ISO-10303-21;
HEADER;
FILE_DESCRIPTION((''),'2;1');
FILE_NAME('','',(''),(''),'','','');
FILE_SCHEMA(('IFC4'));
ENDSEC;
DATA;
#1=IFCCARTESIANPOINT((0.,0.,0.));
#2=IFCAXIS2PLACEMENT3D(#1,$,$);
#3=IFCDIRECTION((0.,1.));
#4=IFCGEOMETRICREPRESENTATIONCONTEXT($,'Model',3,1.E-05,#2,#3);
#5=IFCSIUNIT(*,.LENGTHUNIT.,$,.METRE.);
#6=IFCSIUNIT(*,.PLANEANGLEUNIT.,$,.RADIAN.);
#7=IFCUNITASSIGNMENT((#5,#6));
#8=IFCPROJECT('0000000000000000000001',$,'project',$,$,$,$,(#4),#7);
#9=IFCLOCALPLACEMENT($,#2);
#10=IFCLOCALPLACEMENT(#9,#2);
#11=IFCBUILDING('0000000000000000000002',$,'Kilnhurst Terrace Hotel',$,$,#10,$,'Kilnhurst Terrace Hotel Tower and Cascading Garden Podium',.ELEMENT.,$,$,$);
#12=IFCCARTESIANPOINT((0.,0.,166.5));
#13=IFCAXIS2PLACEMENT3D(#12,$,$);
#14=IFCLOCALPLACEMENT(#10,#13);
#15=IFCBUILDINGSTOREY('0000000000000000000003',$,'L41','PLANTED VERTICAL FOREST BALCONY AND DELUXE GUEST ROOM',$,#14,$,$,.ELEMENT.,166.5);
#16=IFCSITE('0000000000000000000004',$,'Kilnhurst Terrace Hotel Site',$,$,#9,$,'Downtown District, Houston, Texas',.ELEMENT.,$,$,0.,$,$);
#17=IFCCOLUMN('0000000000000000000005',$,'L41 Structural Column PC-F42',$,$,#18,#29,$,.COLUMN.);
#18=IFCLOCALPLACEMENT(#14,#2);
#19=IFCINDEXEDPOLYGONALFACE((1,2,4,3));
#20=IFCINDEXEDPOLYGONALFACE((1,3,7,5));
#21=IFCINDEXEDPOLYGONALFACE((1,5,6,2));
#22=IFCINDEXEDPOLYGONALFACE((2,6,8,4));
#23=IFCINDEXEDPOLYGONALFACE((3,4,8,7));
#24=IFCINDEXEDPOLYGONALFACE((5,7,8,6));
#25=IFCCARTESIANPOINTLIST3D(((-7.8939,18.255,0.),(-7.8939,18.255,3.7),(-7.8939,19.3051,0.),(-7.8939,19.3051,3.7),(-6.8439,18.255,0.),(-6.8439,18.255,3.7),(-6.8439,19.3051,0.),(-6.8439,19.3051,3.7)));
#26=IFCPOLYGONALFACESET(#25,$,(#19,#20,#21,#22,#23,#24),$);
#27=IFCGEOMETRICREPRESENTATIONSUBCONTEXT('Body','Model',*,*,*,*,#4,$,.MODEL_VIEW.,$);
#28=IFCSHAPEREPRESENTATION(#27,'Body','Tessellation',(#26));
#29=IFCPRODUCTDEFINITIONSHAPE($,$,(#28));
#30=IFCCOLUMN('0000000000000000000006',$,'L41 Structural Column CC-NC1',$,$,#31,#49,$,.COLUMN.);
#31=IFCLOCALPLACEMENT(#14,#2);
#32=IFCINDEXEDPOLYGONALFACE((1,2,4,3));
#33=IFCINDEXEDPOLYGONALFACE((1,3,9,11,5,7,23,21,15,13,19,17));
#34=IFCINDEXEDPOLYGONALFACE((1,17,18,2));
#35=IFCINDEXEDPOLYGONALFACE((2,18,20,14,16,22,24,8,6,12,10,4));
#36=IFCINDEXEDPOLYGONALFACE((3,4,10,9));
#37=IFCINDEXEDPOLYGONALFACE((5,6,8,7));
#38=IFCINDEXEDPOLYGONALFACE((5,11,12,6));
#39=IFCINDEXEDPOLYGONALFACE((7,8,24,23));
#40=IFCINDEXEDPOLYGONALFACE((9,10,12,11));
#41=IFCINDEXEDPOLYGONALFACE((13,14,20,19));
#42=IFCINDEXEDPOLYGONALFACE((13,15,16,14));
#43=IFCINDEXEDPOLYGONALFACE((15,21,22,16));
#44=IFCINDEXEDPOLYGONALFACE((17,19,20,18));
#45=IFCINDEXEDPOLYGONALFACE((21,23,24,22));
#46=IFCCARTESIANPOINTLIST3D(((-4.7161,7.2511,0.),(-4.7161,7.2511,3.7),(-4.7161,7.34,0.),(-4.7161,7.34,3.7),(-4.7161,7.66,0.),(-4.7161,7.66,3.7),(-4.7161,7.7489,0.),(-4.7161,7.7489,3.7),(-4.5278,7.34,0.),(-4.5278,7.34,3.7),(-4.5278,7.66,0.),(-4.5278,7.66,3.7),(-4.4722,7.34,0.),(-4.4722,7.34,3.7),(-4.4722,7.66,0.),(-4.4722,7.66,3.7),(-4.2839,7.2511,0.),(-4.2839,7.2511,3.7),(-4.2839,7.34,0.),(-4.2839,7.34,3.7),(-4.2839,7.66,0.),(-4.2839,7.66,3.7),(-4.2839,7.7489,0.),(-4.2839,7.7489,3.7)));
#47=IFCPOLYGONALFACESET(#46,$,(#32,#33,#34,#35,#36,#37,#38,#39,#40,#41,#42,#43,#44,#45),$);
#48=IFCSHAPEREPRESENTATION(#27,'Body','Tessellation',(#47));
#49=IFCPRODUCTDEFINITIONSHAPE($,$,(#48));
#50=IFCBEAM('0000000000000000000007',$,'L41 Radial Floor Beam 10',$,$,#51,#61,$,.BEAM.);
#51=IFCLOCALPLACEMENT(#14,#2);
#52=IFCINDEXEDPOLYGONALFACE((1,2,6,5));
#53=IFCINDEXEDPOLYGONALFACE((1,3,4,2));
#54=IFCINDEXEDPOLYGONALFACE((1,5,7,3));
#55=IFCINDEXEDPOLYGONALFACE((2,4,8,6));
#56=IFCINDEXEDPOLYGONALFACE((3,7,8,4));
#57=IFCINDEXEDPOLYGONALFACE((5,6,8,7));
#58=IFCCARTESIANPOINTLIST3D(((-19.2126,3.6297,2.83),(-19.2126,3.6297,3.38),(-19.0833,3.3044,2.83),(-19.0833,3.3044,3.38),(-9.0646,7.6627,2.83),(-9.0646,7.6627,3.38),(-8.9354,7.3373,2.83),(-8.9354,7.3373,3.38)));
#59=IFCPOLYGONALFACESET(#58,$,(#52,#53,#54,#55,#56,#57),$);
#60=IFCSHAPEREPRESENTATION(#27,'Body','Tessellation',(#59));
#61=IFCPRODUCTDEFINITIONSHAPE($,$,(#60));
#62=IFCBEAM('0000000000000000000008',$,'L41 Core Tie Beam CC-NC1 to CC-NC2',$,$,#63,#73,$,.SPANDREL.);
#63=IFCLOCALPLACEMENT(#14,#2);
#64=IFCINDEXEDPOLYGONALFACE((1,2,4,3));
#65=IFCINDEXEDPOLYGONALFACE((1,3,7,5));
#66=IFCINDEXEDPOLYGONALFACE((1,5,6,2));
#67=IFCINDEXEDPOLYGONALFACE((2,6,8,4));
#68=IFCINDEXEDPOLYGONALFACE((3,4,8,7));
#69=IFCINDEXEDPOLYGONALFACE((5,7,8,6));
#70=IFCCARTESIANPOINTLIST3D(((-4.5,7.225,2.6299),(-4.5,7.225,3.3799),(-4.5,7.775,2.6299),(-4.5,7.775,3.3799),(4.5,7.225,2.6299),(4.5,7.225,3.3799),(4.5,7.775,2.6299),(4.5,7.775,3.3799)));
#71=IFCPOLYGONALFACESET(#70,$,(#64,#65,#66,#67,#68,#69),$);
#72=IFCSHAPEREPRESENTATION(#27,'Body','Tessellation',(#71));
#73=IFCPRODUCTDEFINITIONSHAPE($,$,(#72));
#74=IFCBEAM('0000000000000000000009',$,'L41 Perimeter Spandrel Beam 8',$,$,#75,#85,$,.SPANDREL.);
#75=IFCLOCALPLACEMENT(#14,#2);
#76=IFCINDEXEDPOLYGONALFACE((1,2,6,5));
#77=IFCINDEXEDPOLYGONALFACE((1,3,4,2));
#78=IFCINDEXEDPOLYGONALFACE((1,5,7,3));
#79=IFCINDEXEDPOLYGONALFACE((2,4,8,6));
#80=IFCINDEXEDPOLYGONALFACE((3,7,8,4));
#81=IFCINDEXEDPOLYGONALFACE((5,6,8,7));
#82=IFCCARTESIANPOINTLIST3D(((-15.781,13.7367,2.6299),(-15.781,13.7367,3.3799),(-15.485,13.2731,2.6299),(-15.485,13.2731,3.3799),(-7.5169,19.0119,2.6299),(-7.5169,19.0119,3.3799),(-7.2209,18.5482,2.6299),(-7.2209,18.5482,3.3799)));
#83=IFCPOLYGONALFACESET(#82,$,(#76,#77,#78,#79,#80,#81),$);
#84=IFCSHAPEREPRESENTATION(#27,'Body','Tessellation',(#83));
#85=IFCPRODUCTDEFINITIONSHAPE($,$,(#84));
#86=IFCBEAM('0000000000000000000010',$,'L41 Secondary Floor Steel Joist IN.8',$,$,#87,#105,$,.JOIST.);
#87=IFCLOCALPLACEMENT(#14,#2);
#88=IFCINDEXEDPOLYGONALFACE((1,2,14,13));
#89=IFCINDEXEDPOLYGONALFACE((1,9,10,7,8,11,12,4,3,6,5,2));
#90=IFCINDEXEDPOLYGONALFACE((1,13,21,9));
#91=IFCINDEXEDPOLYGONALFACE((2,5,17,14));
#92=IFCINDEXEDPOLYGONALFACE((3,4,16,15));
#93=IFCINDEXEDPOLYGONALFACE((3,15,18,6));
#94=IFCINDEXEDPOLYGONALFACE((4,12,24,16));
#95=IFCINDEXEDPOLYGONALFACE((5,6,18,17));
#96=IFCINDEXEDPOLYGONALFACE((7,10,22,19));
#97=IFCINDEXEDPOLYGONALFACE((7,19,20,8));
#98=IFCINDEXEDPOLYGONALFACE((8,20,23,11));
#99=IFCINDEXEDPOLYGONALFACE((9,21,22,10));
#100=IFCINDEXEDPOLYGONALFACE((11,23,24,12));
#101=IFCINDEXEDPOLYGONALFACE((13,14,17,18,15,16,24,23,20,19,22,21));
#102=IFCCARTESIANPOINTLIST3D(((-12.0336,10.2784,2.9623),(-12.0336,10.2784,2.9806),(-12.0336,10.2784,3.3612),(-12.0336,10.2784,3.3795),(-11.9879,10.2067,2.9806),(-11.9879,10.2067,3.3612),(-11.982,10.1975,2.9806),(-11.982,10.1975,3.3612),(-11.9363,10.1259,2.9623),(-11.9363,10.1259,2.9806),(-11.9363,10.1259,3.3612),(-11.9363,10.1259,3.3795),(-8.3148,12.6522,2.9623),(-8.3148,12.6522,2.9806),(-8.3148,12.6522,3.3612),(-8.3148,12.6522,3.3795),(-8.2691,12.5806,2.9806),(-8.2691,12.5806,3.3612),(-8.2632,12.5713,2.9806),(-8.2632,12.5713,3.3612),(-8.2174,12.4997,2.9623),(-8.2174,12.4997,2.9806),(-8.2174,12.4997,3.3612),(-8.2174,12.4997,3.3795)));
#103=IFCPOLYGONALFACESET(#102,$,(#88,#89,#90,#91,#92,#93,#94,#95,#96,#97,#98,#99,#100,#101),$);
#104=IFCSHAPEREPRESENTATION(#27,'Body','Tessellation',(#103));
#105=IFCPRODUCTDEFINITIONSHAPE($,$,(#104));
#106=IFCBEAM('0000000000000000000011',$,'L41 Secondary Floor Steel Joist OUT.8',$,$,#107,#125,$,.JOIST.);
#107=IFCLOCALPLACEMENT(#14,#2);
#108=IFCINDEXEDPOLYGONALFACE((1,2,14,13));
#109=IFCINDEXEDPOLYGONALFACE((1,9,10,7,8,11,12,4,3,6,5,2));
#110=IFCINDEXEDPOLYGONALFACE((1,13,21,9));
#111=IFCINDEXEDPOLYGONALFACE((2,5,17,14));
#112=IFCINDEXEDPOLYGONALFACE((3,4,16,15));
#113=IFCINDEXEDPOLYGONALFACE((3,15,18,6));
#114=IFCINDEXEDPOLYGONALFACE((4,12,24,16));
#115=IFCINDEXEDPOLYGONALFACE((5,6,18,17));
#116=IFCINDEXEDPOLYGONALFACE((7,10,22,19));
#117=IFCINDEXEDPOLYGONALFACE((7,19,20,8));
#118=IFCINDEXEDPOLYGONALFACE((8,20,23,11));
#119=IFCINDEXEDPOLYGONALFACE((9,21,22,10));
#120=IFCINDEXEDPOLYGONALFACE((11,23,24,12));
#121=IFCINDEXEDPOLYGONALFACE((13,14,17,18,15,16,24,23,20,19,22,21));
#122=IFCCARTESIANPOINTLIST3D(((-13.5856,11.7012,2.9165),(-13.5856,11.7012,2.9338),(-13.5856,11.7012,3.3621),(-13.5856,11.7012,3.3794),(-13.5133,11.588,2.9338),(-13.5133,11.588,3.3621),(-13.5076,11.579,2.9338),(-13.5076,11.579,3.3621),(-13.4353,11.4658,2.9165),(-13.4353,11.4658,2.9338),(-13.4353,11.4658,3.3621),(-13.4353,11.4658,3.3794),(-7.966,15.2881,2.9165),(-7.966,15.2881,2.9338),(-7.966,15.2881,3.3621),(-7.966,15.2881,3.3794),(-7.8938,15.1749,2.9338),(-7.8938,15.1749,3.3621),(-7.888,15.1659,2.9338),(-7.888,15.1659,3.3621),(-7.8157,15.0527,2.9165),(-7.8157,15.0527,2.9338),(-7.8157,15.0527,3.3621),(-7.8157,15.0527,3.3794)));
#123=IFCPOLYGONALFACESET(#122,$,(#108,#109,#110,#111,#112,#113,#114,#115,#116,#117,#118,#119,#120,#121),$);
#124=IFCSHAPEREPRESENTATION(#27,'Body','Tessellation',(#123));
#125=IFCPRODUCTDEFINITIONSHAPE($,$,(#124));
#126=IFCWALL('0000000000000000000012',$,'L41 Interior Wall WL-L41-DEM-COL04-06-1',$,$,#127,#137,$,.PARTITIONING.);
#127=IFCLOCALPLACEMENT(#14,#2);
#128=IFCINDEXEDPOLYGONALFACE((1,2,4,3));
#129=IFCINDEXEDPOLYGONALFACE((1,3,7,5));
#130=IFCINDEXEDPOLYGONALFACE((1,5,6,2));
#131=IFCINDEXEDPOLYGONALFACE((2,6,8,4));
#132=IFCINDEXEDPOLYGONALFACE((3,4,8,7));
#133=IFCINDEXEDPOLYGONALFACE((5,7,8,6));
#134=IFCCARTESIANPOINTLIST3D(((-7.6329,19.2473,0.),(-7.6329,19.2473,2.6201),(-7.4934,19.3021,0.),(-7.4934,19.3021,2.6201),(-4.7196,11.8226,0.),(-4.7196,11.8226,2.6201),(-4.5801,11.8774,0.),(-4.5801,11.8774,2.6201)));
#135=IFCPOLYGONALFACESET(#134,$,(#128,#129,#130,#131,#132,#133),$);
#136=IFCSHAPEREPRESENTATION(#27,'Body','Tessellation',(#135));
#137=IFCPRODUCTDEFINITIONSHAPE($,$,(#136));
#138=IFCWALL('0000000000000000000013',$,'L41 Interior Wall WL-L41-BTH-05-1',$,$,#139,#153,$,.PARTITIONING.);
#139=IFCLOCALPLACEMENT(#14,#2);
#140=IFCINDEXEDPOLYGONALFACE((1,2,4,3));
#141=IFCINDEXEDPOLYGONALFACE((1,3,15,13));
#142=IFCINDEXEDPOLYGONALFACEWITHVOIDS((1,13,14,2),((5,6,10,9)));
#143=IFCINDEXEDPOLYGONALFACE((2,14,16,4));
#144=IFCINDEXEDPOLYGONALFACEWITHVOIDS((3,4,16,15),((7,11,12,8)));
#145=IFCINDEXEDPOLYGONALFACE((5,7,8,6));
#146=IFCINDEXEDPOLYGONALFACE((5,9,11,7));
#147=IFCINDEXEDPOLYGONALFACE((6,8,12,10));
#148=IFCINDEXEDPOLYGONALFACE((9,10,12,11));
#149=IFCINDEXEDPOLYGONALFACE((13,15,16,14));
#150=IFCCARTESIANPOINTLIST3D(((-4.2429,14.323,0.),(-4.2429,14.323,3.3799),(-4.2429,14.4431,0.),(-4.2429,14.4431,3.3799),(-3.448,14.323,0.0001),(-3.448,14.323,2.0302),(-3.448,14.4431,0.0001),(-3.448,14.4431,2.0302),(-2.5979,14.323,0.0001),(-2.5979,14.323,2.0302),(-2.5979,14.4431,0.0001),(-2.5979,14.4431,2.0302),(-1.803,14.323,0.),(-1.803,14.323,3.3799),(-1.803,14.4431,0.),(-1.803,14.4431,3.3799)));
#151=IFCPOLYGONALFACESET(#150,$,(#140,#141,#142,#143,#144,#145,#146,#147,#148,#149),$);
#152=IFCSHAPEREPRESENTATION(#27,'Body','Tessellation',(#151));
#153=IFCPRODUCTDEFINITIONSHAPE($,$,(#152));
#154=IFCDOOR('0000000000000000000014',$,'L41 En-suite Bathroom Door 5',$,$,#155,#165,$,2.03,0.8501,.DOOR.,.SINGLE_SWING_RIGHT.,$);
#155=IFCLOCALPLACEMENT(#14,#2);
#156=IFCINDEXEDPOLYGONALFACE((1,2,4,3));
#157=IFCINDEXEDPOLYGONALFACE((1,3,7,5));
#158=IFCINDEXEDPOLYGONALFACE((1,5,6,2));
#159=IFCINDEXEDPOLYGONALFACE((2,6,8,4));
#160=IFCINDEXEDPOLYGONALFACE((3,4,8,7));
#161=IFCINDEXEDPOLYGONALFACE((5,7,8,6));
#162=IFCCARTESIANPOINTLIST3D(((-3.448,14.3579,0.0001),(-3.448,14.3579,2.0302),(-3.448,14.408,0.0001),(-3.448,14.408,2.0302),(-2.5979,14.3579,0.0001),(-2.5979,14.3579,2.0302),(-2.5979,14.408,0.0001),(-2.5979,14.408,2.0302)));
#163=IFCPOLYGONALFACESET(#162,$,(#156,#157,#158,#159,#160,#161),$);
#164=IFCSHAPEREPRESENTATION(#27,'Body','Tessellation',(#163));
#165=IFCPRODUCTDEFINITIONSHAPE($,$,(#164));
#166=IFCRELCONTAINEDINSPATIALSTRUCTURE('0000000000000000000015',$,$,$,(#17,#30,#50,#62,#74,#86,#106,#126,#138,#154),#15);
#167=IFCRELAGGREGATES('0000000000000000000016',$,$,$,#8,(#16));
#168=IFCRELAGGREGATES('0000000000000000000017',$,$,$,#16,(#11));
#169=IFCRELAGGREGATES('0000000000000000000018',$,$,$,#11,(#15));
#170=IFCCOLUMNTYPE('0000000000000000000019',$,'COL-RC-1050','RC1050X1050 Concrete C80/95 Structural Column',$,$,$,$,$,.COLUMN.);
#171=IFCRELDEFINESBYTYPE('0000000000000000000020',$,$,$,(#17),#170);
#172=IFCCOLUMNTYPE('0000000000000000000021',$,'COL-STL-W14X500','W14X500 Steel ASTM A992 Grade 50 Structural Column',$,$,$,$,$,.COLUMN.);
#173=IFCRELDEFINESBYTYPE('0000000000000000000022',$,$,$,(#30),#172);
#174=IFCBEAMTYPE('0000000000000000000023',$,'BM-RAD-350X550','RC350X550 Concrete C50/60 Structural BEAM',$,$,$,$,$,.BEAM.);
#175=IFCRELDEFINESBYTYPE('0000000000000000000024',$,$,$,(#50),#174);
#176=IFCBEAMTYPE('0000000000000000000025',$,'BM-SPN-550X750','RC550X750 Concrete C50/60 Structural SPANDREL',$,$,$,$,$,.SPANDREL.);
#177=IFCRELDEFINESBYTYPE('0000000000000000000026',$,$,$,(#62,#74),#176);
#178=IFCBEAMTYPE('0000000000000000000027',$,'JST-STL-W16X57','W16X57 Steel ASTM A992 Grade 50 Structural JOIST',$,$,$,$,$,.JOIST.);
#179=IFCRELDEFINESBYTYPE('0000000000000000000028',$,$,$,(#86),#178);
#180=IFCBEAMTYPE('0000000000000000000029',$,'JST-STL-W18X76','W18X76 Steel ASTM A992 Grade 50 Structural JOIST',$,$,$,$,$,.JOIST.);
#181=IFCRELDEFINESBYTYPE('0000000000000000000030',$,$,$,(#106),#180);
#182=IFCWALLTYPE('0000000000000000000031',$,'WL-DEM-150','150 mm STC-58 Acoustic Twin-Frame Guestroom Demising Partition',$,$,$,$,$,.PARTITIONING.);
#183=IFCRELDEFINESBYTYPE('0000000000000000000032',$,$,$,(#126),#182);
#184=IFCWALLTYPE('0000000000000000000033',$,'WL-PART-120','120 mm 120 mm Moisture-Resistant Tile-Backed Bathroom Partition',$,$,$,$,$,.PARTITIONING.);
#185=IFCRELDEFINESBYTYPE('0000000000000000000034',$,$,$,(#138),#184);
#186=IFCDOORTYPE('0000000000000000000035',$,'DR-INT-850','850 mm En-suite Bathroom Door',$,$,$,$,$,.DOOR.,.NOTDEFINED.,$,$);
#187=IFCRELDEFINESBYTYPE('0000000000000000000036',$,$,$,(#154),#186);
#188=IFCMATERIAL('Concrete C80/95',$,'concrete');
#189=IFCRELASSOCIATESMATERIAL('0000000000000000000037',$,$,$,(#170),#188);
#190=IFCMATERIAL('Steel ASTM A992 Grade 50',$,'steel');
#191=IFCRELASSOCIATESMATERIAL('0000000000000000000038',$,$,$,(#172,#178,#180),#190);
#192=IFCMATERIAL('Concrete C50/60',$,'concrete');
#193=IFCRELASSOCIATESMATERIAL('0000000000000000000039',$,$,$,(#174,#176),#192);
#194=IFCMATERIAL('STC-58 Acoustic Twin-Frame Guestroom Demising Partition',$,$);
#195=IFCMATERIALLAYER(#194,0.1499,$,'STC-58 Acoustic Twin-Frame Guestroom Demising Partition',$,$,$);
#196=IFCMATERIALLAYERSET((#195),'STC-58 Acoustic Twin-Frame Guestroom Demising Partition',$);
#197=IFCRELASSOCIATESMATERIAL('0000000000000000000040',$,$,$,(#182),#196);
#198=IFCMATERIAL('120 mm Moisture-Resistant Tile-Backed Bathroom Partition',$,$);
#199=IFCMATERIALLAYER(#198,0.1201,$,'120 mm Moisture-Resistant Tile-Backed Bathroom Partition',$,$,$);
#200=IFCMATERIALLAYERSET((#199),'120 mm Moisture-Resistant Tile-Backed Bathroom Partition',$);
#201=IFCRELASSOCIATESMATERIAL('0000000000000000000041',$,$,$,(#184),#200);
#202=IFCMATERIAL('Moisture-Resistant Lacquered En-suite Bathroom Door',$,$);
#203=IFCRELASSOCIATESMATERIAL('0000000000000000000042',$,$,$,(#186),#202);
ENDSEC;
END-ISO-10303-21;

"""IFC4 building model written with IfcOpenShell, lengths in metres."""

from ifc_helpers import new_model, si_unit, direction, frame, frame_2d, origin, origin_2d, place, context, subcontext, project, spatial, rectangle, i_section, extrude, material, layer, layer_set, material_profile, profile_set, type_object, element, fill, save


model = new_model("IFC4")

# Units and contexts
model_context = context("Model", 3, precision=1e-05, world=origin(), true_north=direction((0.0, 1.0)))
body_context = subcontext(model_context, "Body", "Model", "MODEL_VIEW")
ifc_project = project(units=[si_unit("LENGTHUNIT", "METRE"), si_unit("PLANEANGLEUNIT", "RADIAN")], contexts=[model_context])

# Site, building, storey
site_placement = place(None, origin())
site = spatial("IfcSite", under=ifc_project, at=site_placement, Name="Kilnhurst Terrace Hotel Site", LongName="Downtown District, Houston, Texas", CompositionType="ELEMENT", RefElevation=0.0)
building_placement = place(site_placement, origin())
building = spatial("IfcBuilding", under=site, at=building_placement, Name="Kilnhurst Terrace Hotel", LongName="Kilnhurst Terrace Hotel Tower and Cascading Garden Podium", CompositionType="ELEMENT")
storey_placement = place(building_placement, frame((0.0, 0.0, 166.5)))
storey = spatial("IfcBuildingStorey", under=building, at=storey_placement, Name="L41", Description="PLANTED VERTICAL FOREST BALCONY AND DELUXE GUEST ROOM", CompositionType="ELEMENT", Elevation=166.5)

# Columns
ifc_material_1 = material(Name="Concrete C80/95", Category="concrete")
ifc_material_profile_1 = material_profile(ifc_material_1, rectangle(XDim=1.05, YDim=1.05, at=origin_2d()), Name="RC1050X1050")
ifc_profile_set_1 = profile_set([ifc_material_profile_1], Name="Concrete C80/95")
column_type_1 = type_object("IfcColumnType", Name="COL-RC-1050", Description="RC1050X1050 Concrete C80/95 Structural Column", PredefinedType="COLUMN", material=ifc_profile_set_1)
column_1_placement = place(storey_placement, frame((-7.3689, 18.78, 0.0), z_axis=(0.0, 0.0, 1.0), x_axis=(1.0, 0.0, 0.0)))
element("IfcColumn", 1, at=column_1_placement, inside=storey, type_object=column_type_1, Name="L41 Structural Column PC-F42", PredefinedType="COLUMN", context=body_context, shape_type="SweptSolid", body=[
    extrude(rectangle(XDim=1.05, YDim=1.05, at=origin_2d()), origin(), (0.0, 0.0, 1.0), 3.7),
])
ifc_material_2 = material(Name="Steel ASTM A992 Grade 50", Category="steel")
ifc_material_profile_2 = material_profile(ifc_material_2, i_section(OverallWidth=0.4321, OverallDepth=0.4978, WebThickness=0.0557, FlangeThickness=0.0889, at=origin_2d()), Name="W14X500")
ifc_profile_set_2 = profile_set([ifc_material_profile_2], Name="Steel ASTM A992 Grade 50")
column_type_2 = type_object("IfcColumnType", Name="COL-STL-W14X500", Description="W14X500 Steel ASTM A992 Grade 50 Structural Column", PredefinedType="COLUMN", material=ifc_profile_set_2)
column_2_placement = place(storey_placement, frame((-4.5, 7.5, 0.0), z_axis=(0.0, 0.0, 1.0), x_axis=(1.0, 0.0, 0.0)))
element("IfcColumn", 2, at=column_2_placement, inside=storey, type_object=column_type_2, Name="L41 Structural Column CC-NC1", PredefinedType="COLUMN", context=body_context, shape_type="SweptSolid", body=[
    extrude(i_section(OverallWidth=0.4321, OverallDepth=0.4978, WebThickness=0.0557, FlangeThickness=0.0889, at=origin_2d()), origin(), (0.0, 0.0, 1.0), 3.7),
])

# Beams
ifc_material_3 = material(Name="Concrete C50/60", Category="concrete")
ifc_material_profile_3 = material_profile(ifc_material_3, rectangle(XDim=0.3501, YDim=0.55, at=origin_2d()), Name="RC350X550")
ifc_profile_set_3 = profile_set([ifc_material_profile_3], Name="Concrete C50/60")
beam_type_1 = type_object("IfcBeamType", Name="BM-RAD-350X550", Description="RC350X550 Concrete C50/60 Structural BEAM", PredefinedType="BEAM", material=ifc_profile_set_3)
beam_1_placement = place(storey_placement, frame((-9.0, 7.5, 3.105), z_axis=(-0.929302, -0.36932, 0.0), x_axis=(0.36932, -0.929302, 0.0)))
element("IfcBeam", 3, at=beam_1_placement, inside=storey, type_object=beam_type_1, Name="L41 Radial Floor Beam 10", PredefinedType="BEAM", context=body_context, shape_type="SweptSolid", body=[
    extrude(rectangle(XDim=0.3501, YDim=0.55, at=origin_2d()), origin(), (0.0, 0.0, 1.0), 10.9199),
])
ifc_material_profile_4 = material_profile(ifc_material_3, rectangle(XDim=0.55, YDim=0.75, at=origin_2d()), Name="RC550X750")
ifc_profile_set_4 = profile_set([ifc_material_profile_4], Name="Concrete C50/60")
beam_type_2 = type_object("IfcBeamType", Name="BM-SPN-550X750", Description="RC550X750 Concrete C50/60 Structural SPANDREL", PredefinedType="SPANDREL", material=ifc_profile_set_4)
beam_2_placement = place(storey_placement, frame((-4.5, 7.5, 3.0049), z_axis=(1.0, 0.0, 0.0), x_axis=(0.0, 1.0, 0.0)))
element("IfcBeam", 4, at=beam_2_placement, inside=storey, type_object=beam_type_2, Name="L41 Core Tie Beam CC-NC1 to CC-NC2", PredefinedType="SPANDREL", context=body_context, shape_type="SweptSolid", body=[
    extrude(rectangle(XDim=0.55, YDim=0.75, at=origin_2d()), origin(), (0.0, 0.0, 1.0), 9.0),
])
beam_3_placement = place(storey_placement, frame((-7.3689, 18.78, 3.0049), z_axis=(-0.842915, -0.538046, 0.0), x_axis=(0.538046, -0.842915, 0.0)))
element("IfcBeam", 5, at=beam_3_placement, inside=storey, type_object=beam_type_2, Name="L41 Perimeter Spandrel Beam 8", PredefinedType="SPANDREL", context=body_context, shape_type="SweptSolid", body=[
    extrude(rectangle(XDim=0.55, YDim=0.75, at=origin_2d()), origin(), (0.0, 0.0, 1.0), 9.8042),
])
ifc_material_profile_5 = material_profile(ifc_material_2, i_section(OverallWidth=0.1809, OverallDepth=0.4172, WebThickness=0.011, FlangeThickness=0.0183, at=origin_2d()), Name="W16X57")
ifc_profile_set_5 = profile_set([ifc_material_profile_5], Name="Steel ASTM A992 Grade 50")
beam_type_3 = type_object("IfcBeamType", Name="JST-STL-W16X57", Description="W16X57 Steel ASTM A992 Grade 50 Structural JOIST", PredefinedType="JOIST", material=ifc_profile_set_5)
beam_4_placement = place(storey_placement, frame((-8.2661, 12.5759, 3.1709), z_axis=(-0.842911, -0.538053, 0.0), x_axis=(0.538053, -0.842911, 0.0)))
element("IfcBeam", 6, at=beam_4_placement, inside=storey, type_object=beam_type_3, Name="L41 Secondary Floor Steel Joist IN.8", PredefinedType="JOIST", context=body_context, shape_type="SweptSolid", body=[
    extrude(i_section(OverallWidth=0.1809, OverallDepth=0.4172, WebThickness=0.011, FlangeThickness=0.0183, at=origin_2d()), origin(), (0.0, 0.0, 1.0), 4.4119),
])
ifc_material_profile_6 = material_profile(ifc_material_2, i_section(OverallWidth=0.2793, OverallDepth=0.4629, WebThickness=0.0107, FlangeThickness=0.0173, at=origin_2d()), Name="W18X76")
ifc_profile_set_6 = profile_set([ifc_material_profile_6], Name="Steel ASTM A992 Grade 50")
beam_type_4 = type_object("IfcBeamType", Name="JST-STL-W18X76", Description="W18X76 Steel ASTM A992 Grade 50 Structural JOIST", PredefinedType="JOIST", material=ifc_profile_set_6)
beam_5_placement = place(storey_placement, frame((-7.8909, 15.1704, 3.1479), z_axis=(-0.842928, -0.538027, 0.0), x_axis=(0.538027, -0.842928, 0.0)))
element("IfcBeam", 7, at=beam_5_placement, inside=storey, type_object=beam_type_4, Name="L41 Secondary Floor Steel Joist OUT.8", PredefinedType="JOIST", context=body_context, shape_type="SweptSolid", body=[
    extrude(i_section(OverallWidth=0.2793, OverallDepth=0.4629, WebThickness=0.0107, FlangeThickness=0.0173, at=origin_2d()), origin(), (0.0, 0.0, 1.0), 6.6667),
])

# Wall
ifc_material_4 = material(Name="STC-58 Acoustic Twin-Frame Guestroom Demising Partition")
ifc_layer_1 = layer(ifc_material_4, 0.1499, Name="STC-58 Acoustic Twin-Frame Guestroom Demising Partition")
ifc_layer_set_1 = layer_set([ifc_layer_1], Name="STC-58 Acoustic Twin-Frame Guestroom Demising Partition")
wall_type_1 = type_object("IfcWallType", Name="WL-DEM-150", Description="150 mm STC-58 Acoustic Twin-Frame Guestroom Demising Partition", PredefinedType="PARTITIONING", material=ifc_layer_set_1)
wall_1_placement = place(storey_placement, frame((-4.6499, 11.8501, 0.0), z_axis=(0.0, 0.0, 1.0), x_axis=(-0.365266, 0.930903, 0.0)))
element("IfcWall", 8, at=wall_1_placement, inside=storey, type_object=wall_type_1, Name="L41 Interior Wall WL-L41-DEM-COL04-06-1", PredefinedType="PARTITIONING", context=body_context, shape_type="SweptSolid", body=[
    extrude(rectangle(XDim=7.9758, YDim=0.1499, at=frame_2d((3.9878, 0.0))), origin(), (0.0, 0.0, 1.0), 2.6201),
])

# Wall, opening, door
ifc_material_5 = material(Name="120 mm Moisture-Resistant Tile-Backed Bathroom Partition")
ifc_layer_2 = layer(ifc_material_5, 0.1201, Name="120 mm Moisture-Resistant Tile-Backed Bathroom Partition")
ifc_layer_set_2 = layer_set([ifc_layer_2], Name="120 mm Moisture-Resistant Tile-Backed Bathroom Partition")
wall_type_2 = type_object("IfcWallType", Name="WL-PART-120", Description="120 mm 120 mm Moisture-Resistant Tile-Backed Bathroom Partition", PredefinedType="PARTITIONING", material=ifc_layer_set_2)
wall_2_placement = place(storey_placement, frame((-4.2429, 14.3831, 0.0), z_axis=(0.0, 0.0, 1.0), x_axis=(1.0, 0.0, 0.0)))
wall_2 = element("IfcWall", 9, at=wall_2_placement, inside=storey, type_object=wall_type_2, Name="L41 Interior Wall WL-L41-BTH-05-1", PredefinedType="PARTITIONING", context=body_context, shape_type="SweptSolid", body=[
    extrude(rectangle(XDim=2.4399, YDim=0.1201, at=frame_2d((1.22, 0.0))), origin(), (0.0, 0.0, 1.0), 3.3799),
])
opening_1_placement = place(wall_2_placement, frame((0.7949, 0.0, 0.0)))
opening_1 = element("IfcOpeningElement", 10, at=opening_1_placement, cuts=wall_2, PredefinedType="OPENING", context=body_context, shape_type="SweptSolid", body=[
    extrude(rectangle(XDim=0.8501, YDim=2.03, at=frame_2d((0.425, 1.0151))), frame((0.0, 0.0701, 0.0), z_axis=(0.0, -1.0, 0.0), x_axis=(1.0, 0.0, 0.0)), (0.0, 0.0, 1.0), 0.1401),
])
ifc_material_6 = material(Name="Moisture-Resistant Lacquered En-suite Bathroom Door")
door_type_1 = type_object("IfcDoorType", Name="DR-INT-850", Description="850 mm En-suite Bathroom Door", OperationType="NOTDEFINED", PredefinedType="DOOR", material=ifc_material_6)
door_1_placement = place(opening_1_placement, origin())
door_1 = element("IfcDoor", 11, at=door_1_placement, inside=storey, type_object=door_type_1, Name="L41 En-suite Bathroom Door 5", OperationType="SINGLE_SWING_RIGHT", OverallHeight=2.03, OverallWidth=0.8501, PredefinedType="DOOR", context=body_context, shape_type="SweptSolid", body=[
    extrude(rectangle(XDim=0.8501, YDim=2.03, at=frame_2d((0.425, 1.0151))), frame((0.0, 0.0249, 0.0), z_axis=(0.0, -1.0, 0.0), x_axis=(1.0, 0.0, 0.0)), (0.0, 0.0, 1.0), 0.05),
])
fill(opening_1, door_1)

save(model, "model.ifc")
